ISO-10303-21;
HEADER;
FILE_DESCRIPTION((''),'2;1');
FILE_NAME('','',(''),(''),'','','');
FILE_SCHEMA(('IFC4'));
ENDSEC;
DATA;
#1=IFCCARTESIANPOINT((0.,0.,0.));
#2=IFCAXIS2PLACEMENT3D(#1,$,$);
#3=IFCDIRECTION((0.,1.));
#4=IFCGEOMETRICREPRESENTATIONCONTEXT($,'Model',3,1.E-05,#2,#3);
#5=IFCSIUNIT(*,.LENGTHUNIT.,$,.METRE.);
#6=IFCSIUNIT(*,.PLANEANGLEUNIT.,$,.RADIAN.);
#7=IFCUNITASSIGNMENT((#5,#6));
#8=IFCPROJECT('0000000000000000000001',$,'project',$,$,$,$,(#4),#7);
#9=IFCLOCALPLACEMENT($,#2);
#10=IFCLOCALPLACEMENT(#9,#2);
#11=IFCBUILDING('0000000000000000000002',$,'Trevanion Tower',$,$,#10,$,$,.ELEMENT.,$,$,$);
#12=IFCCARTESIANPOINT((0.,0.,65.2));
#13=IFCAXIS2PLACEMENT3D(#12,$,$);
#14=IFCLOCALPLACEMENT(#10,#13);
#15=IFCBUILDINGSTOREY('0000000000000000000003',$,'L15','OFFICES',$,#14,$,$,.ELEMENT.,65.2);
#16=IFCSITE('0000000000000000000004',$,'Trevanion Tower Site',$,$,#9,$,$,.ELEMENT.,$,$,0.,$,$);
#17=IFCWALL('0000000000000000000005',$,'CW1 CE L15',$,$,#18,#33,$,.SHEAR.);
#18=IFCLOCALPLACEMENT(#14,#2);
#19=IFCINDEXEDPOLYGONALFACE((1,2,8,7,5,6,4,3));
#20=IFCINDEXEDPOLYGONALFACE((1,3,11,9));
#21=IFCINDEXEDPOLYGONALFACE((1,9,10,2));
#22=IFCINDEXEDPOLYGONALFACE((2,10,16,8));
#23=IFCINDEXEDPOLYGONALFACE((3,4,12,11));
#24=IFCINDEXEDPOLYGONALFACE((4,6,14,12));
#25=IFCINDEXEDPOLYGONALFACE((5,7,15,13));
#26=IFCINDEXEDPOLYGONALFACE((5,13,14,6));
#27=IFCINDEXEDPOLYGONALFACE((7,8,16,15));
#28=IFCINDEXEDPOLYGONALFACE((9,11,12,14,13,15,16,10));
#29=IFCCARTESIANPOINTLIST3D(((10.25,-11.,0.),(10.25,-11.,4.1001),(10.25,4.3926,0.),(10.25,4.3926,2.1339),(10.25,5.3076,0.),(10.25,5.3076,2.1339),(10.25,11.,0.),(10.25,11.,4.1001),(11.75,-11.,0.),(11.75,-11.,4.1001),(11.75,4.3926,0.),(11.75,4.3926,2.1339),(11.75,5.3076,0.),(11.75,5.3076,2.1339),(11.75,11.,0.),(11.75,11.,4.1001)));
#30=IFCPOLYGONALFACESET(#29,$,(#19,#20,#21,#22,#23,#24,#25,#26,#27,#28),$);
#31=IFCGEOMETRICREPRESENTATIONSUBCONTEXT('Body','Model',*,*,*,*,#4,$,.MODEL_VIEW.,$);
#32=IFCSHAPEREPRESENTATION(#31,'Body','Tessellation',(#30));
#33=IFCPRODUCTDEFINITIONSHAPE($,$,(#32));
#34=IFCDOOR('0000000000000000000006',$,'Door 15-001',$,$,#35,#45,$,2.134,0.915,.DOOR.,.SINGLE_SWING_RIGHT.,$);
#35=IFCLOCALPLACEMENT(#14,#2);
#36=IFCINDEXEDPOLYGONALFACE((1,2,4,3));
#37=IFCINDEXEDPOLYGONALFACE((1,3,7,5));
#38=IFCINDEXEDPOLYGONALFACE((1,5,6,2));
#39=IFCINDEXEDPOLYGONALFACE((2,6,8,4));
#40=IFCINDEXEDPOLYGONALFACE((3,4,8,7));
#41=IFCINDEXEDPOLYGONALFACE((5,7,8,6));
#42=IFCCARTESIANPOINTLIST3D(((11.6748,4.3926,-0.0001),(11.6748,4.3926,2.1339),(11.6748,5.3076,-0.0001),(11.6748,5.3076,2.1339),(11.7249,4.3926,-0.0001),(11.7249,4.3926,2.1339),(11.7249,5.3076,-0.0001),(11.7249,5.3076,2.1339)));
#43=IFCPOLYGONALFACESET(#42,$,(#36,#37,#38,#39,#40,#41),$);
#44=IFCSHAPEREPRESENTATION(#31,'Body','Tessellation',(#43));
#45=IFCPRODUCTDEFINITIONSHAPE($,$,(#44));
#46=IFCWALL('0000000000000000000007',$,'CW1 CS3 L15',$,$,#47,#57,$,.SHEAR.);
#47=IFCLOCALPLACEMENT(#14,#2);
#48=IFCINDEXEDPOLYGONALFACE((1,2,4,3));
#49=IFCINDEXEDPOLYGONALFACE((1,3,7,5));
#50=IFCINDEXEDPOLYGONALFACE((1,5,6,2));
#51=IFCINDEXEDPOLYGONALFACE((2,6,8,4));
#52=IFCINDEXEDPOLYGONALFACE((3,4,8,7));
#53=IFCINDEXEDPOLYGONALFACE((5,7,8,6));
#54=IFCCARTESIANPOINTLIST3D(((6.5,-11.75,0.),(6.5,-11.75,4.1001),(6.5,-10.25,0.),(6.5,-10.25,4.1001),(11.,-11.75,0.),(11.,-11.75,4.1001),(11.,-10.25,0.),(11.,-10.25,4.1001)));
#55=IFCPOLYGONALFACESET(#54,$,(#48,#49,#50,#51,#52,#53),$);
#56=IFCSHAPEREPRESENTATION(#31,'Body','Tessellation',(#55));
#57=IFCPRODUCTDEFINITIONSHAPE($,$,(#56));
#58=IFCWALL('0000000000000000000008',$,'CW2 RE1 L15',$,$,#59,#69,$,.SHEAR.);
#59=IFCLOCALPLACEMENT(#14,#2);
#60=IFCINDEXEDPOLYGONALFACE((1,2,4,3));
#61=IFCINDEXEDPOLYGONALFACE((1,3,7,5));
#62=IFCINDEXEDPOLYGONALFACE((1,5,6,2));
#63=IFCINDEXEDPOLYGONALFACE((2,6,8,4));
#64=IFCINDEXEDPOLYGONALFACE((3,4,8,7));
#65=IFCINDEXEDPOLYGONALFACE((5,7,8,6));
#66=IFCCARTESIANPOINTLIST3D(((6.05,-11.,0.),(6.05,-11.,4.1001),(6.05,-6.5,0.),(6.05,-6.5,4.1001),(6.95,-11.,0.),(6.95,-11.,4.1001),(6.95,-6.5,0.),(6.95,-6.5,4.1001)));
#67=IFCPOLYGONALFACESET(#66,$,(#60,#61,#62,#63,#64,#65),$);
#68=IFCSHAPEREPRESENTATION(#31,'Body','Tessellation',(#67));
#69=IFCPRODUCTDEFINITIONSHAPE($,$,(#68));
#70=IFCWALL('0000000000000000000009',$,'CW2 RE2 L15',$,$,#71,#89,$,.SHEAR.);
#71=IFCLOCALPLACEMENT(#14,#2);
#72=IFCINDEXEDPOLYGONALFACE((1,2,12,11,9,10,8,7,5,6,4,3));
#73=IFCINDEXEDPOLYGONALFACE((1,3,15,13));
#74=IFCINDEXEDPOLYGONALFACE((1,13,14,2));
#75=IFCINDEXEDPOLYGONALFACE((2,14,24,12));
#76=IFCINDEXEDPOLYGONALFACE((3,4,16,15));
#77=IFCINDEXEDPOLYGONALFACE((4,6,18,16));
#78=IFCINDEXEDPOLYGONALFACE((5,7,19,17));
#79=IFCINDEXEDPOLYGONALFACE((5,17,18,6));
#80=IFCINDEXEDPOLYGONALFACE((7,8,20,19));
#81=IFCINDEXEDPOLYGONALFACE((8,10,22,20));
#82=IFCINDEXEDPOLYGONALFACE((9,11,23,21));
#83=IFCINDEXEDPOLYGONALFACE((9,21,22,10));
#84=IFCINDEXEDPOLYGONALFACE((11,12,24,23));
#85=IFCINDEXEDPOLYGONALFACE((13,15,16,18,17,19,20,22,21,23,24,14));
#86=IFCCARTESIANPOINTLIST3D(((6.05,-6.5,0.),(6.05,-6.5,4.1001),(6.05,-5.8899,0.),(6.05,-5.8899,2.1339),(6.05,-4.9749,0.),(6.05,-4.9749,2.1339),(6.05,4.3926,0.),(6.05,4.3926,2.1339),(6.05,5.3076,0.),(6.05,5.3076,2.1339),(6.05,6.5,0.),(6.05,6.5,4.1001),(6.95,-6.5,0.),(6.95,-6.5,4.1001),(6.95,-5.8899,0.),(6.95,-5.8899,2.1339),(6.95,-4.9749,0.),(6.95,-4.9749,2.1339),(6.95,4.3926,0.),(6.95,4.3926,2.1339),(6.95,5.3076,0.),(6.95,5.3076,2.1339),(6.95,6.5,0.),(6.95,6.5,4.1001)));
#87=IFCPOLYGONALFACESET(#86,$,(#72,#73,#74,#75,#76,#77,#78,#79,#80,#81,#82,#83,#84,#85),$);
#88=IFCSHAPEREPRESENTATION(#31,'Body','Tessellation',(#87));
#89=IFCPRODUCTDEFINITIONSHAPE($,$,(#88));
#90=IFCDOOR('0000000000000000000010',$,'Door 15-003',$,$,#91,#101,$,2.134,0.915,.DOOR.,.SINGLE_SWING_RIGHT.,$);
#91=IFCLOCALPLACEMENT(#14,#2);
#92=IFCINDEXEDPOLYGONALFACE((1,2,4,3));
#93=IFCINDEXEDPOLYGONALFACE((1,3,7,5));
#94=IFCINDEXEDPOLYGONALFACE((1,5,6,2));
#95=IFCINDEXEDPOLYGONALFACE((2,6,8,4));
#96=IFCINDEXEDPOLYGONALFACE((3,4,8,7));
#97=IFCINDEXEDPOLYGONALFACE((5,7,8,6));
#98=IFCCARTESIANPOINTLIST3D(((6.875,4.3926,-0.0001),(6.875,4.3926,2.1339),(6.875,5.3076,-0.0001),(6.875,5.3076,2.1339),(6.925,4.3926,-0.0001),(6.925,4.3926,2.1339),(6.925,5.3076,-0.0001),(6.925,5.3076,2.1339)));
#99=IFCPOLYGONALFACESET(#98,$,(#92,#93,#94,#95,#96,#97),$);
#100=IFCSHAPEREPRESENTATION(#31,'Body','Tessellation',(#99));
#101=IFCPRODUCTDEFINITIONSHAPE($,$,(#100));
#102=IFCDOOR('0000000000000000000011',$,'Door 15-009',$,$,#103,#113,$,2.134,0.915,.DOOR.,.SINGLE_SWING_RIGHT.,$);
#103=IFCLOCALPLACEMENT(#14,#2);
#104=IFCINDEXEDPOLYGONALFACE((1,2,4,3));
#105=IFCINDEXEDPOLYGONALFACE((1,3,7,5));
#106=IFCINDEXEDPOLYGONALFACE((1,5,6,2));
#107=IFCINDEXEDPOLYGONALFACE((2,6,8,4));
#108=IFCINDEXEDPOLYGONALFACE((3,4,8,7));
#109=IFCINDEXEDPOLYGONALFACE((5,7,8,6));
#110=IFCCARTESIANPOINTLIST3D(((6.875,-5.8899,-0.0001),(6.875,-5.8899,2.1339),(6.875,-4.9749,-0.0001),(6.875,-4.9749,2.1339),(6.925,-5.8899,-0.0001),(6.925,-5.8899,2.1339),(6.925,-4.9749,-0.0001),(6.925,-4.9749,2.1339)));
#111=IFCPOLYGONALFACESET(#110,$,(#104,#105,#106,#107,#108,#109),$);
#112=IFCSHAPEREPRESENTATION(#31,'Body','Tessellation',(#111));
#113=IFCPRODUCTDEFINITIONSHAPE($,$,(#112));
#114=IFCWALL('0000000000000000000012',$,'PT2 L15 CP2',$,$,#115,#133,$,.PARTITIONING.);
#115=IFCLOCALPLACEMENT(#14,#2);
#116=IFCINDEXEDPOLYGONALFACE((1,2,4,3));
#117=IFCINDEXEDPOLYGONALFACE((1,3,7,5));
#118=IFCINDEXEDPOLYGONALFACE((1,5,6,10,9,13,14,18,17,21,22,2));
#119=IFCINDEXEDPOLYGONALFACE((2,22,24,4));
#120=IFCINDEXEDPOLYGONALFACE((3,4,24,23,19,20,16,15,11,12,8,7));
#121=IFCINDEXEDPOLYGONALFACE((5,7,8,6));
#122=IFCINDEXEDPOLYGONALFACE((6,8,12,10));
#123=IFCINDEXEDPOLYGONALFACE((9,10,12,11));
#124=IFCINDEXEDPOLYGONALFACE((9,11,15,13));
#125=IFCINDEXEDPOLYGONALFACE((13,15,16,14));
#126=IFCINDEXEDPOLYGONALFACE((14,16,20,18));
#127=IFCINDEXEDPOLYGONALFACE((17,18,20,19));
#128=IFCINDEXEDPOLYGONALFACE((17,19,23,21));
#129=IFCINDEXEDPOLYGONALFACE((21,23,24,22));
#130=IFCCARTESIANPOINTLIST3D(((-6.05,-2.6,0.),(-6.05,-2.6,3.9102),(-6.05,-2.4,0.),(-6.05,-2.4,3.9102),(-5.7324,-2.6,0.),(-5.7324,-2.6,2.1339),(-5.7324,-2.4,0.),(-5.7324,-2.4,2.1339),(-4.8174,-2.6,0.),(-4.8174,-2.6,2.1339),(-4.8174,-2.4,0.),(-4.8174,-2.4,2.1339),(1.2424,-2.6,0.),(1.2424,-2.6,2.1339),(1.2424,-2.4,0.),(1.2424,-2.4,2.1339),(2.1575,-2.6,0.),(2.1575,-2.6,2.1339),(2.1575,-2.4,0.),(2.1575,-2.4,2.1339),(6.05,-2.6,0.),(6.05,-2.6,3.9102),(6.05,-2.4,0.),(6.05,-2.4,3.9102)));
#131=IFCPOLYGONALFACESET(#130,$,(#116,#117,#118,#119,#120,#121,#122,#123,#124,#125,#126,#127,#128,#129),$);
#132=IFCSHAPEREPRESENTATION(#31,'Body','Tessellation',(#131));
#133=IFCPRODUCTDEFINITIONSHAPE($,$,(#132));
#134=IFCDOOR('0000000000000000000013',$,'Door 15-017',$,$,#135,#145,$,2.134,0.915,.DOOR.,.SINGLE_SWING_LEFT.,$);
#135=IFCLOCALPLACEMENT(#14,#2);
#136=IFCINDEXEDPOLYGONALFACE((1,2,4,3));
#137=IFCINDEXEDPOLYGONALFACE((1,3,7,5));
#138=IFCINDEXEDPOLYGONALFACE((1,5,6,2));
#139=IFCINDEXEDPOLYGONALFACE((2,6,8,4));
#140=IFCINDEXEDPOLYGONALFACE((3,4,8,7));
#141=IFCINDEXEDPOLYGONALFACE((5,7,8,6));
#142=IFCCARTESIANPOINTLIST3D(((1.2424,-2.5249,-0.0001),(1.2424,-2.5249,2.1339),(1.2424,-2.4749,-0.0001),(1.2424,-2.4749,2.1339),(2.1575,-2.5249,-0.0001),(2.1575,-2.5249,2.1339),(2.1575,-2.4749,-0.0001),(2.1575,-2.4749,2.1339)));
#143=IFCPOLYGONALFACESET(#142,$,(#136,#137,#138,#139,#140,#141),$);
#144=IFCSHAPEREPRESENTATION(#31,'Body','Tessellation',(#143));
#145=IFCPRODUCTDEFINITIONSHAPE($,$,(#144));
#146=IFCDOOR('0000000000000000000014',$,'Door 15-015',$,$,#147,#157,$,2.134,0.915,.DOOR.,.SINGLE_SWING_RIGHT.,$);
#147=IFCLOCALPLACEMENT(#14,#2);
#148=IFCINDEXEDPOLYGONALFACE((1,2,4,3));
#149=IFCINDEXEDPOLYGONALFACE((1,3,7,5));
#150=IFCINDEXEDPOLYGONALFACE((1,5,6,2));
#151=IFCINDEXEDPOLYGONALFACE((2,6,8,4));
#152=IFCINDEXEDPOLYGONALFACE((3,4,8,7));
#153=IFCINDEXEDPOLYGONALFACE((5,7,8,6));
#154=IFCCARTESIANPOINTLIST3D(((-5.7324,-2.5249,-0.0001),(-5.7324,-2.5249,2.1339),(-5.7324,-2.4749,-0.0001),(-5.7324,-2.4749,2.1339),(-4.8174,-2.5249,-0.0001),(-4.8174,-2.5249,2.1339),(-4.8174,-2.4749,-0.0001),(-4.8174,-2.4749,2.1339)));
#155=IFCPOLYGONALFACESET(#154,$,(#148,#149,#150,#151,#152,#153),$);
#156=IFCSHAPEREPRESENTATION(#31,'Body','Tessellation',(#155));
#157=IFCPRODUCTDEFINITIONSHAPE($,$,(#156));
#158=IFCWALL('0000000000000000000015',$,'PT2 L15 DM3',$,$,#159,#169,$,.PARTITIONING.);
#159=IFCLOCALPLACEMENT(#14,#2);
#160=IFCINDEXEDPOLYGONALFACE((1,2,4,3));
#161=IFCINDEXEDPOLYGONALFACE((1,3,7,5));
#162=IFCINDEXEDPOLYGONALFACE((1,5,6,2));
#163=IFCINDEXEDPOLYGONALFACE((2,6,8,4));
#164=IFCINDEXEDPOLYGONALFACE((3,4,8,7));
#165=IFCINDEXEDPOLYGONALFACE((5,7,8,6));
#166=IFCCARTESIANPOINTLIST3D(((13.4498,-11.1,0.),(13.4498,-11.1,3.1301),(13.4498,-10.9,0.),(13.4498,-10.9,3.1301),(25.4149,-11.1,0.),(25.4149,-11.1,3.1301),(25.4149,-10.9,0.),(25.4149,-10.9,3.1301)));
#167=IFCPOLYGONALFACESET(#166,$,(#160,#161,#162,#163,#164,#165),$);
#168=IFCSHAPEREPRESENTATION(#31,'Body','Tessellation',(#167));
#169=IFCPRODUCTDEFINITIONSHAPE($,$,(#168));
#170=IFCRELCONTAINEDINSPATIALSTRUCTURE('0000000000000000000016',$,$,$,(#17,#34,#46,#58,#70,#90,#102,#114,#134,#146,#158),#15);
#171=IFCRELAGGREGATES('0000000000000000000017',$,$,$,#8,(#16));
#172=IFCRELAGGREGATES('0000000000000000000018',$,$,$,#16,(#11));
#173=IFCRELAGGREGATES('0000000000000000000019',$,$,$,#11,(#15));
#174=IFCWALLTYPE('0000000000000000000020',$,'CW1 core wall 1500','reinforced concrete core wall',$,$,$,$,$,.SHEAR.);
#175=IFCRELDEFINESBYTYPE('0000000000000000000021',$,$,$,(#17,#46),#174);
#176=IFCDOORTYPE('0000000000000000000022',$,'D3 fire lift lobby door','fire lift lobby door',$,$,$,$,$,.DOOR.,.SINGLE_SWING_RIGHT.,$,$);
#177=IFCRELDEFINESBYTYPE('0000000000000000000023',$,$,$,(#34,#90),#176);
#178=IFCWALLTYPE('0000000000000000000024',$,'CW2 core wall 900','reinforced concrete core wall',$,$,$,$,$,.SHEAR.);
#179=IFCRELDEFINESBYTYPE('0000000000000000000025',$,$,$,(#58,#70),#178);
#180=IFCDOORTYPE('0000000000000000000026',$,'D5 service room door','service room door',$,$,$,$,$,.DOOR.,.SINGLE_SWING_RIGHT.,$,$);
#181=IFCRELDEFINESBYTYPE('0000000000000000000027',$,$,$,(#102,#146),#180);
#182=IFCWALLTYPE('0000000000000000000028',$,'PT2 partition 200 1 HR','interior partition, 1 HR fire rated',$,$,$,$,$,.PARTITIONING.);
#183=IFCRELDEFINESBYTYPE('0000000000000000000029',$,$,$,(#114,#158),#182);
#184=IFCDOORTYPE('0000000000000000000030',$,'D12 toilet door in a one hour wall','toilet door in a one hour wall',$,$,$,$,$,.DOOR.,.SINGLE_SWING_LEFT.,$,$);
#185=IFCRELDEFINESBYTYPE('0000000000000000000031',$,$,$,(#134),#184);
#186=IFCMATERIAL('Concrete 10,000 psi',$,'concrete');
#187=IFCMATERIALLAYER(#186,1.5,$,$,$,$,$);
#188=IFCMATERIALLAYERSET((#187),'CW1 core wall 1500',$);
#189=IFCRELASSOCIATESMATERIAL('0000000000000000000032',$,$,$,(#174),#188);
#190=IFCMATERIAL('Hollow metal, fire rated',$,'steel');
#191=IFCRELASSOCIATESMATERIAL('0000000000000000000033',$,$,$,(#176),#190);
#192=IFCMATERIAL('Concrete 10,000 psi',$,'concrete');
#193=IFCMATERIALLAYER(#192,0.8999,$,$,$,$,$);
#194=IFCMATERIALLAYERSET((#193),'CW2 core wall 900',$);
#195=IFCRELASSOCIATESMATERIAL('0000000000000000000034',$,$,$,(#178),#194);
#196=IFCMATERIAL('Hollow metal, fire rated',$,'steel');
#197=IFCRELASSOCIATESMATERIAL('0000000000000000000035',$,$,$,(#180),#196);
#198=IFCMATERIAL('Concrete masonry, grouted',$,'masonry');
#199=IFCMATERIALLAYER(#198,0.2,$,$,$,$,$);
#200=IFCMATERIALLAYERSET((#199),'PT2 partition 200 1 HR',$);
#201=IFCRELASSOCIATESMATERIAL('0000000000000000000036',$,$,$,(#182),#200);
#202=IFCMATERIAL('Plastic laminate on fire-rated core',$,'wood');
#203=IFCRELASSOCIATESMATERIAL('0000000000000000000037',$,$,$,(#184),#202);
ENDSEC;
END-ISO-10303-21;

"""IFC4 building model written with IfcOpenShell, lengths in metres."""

from ifc_helpers import new_model, si_unit, direction, frame, frame_2d, origin, place, context, subcontext, project, spatial, rectangle, extrude, material, layer, layer_set, type_object, element, fill, save


model = new_model("IFC4")

# Units and contexts
model_context = context("Model", 3, precision=1e-05, world=origin(), true_north=direction((0.0, 1.0)))
body_context = subcontext(model_context, "Body", "Model", "MODEL_VIEW")
ifc_project = project(units=[si_unit("LENGTHUNIT", "METRE"), si_unit("PLANEANGLEUNIT", "RADIAN")], contexts=[model_context])

# Site, building, storey
site_placement = place(None, origin())
site = spatial("IfcSite", under=ifc_project, at=site_placement, Name="Trevanion Tower Site", CompositionType="ELEMENT", RefElevation=0.0)
building_placement = place(site_placement, origin())
building = spatial("IfcBuilding", under=site, at=building_placement, Name="Trevanion Tower", CompositionType="ELEMENT")
storey_placement = place(building_placement, frame((0.0, 0.0, 65.2)))
storey = spatial("IfcBuildingStorey", under=building, at=storey_placement, Name="L15", Description="OFFICES", CompositionType="ELEMENT", Elevation=65.2)

# Wall, opening, door
ifc_material_1 = material(Name="Concrete 10,000 psi", Category="concrete")
ifc_layer_1 = layer(ifc_material_1, 1.5)
ifc_layer_set_1 = layer_set([ifc_layer_1], Name="CW1 core wall 1500")
wall_type_1 = type_object("IfcWallType", Name="CW1 core wall 1500", Description="reinforced concrete core wall", PredefinedType="SHEAR", material=ifc_layer_set_1)
wall_1_placement = place(storey_placement, frame((11.0, -11.0, 0.0), z_axis=(0.0, 0.0, 1.0), x_axis=(0.0, 1.0, 0.0)))
wall_1 = element("IfcWall", 1, at=wall_1_placement, inside=storey, type_object=wall_type_1, Name="CW1 CE L15", PredefinedType="SHEAR", context=body_context, shape_type="SweptSolid", body=[
    extrude(rectangle(XDim=22.0, YDim=1.5, at=frame_2d((11.0, 0.0))), origin(), (0.0, 0.0, 1.0), 4.1001),
])
opening_1_placement = place(wall_1_placement, frame((15.3926, 0.0, 0.0)))
opening_1 = element("IfcOpeningElement", 2, at=opening_1_placement, cuts=wall_1, PredefinedType="OPENING", context=body_context, shape_type="SweptSolid", body=[
    extrude(rectangle(XDim=0.915, YDim=2.134, at=frame_2d((0.4575, 1.0669))), frame((0.0, 0.76, 0.0), z_axis=(0.0, -1.0, 0.0), x_axis=(1.0, 0.0, 0.0)), (0.0, 0.0, 1.0), 1.52),
])
ifc_material_2 = material(Name="Hollow metal, fire rated", Category="steel")
door_type_1 = type_object("IfcDoorType", Name="D3 fire lift lobby door", Description="fire lift lobby door", OperationType="SINGLE_SWING_RIGHT", PredefinedType="DOOR", material=ifc_material_2)
door_1_placement = place(opening_1_placement, origin())
door_1 = element("IfcDoor", 3, at=door_1_placement, inside=storey, type_object=door_type_1, Name="Door 15-001", OperationType="SINGLE_SWING_RIGHT", OverallHeight=2.134, OverallWidth=0.915, PredefinedType="DOOR", context=body_context, shape_type="SweptSolid", body=[
    extrude(rectangle(XDim=0.915, YDim=2.134, at=frame_2d((0.4575, 1.0669))), frame((0.0, -0.6748, 0.0), z_axis=(0.0, -1.0, 0.0), x_axis=(1.0, 0.0, 0.0)), (0.0, 0.0, 1.0), 0.05),
])
fill(opening_1, door_1)

# Walls
wall_2_placement = place(storey_placement, frame((6.5, -11.0, 0.0), z_axis=(0.0, 0.0, 1.0), x_axis=(1.0, 0.0, 0.0)))
element("IfcWall", 4, at=wall_2_placement, inside=storey, type_object=wall_type_1, Name="CW1 CS3 L15", PredefinedType="SHEAR", context=body_context, shape_type="SweptSolid", body=[
    extrude(rectangle(XDim=4.5, YDim=1.5, at=frame_2d((2.25, 0.0))), origin(), (0.0, 0.0, 1.0), 4.1001),
])
ifc_material_3 = material(Name="Concrete 10,000 psi", Category="concrete")
ifc_layer_2 = layer(ifc_material_3, 0.8999)
ifc_layer_set_2 = layer_set([ifc_layer_2], Name="CW2 core wall 900")
wall_type_2 = type_object("IfcWallType", Name="CW2 core wall 900", Description="reinforced concrete core wall", PredefinedType="SHEAR", material=ifc_layer_set_2)
wall_3_placement = place(storey_placement, frame((6.5, -11.0, 0.0), z_axis=(0.0, 0.0, 1.0), x_axis=(0.0, 1.0, 0.0)))
element("IfcWall", 5, at=wall_3_placement, inside=storey, type_object=wall_type_2, Name="CW2 RE1 L15", PredefinedType="SHEAR", context=body_context, shape_type="SweptSolid", body=[
    extrude(rectangle(XDim=4.5, YDim=0.8999, at=frame_2d((2.25, 0.0))), origin(), (0.0, 0.0, 1.0), 4.1001),
])

# Walls, openings, doors
wall_4_placement = place(storey_placement, frame((6.5, -6.5, 0.0), z_axis=(0.0, 0.0, 1.0), x_axis=(0.0, 1.0, 0.0)))
wall_4 = element("IfcWall", 6, at=wall_4_placement, inside=storey, type_object=wall_type_2, Name="CW2 RE2 L15", PredefinedType="SHEAR", context=body_context, shape_type="SweptSolid", body=[
    extrude(rectangle(XDim=13.0, YDim=0.8999, at=frame_2d((6.5, 0.0))), origin(), (0.0, 0.0, 1.0), 4.1001),
])
opening_2_placement = place(wall_4_placement, frame((10.8926, 0.0, 0.0)))
opening_2 = element("IfcOpeningElement", 7, at=opening_2_placement, cuts=wall_4, PredefinedType="OPENING", context=body_context, shape_type="SweptSolid", body=[
    extrude(rectangle(XDim=0.915, YDim=2.134, at=frame_2d((0.4575, 1.0669))), frame((0.0, 0.46, 0.0), z_axis=(0.0, -1.0, 0.0), x_axis=(1.0, 0.0, 0.0)), (0.0, 0.0, 1.0), 0.9199),
])
opening_3_placement = place(wall_4_placement, frame((0.6101, 0.0, 0.0)))
opening_3 = element("IfcOpeningElement", 8, at=opening_3_placement, cuts=wall_4, PredefinedType="OPENING", context=body_context, shape_type="SweptSolid", body=[
    extrude(rectangle(XDim=0.915, YDim=2.134, at=frame_2d((0.4575, 1.0669))), frame((0.0, 0.46, 0.0), z_axis=(0.0, -1.0, 0.0), x_axis=(1.0, 0.0, 0.0)), (0.0, 0.0, 1.0), 0.9199),
])
door_2_placement = place(opening_2_placement, origin())
door_2 = element("IfcDoor", 9, at=door_2_placement, inside=storey, type_object=door_type_1, Name="Door 15-003", OperationType="SINGLE_SWING_RIGHT", OverallHeight=2.134, OverallWidth=0.915, PredefinedType="DOOR", context=body_context, shape_type="SweptSolid", body=[
    extrude(rectangle(XDim=0.915, YDim=2.134, at=frame_2d((0.4575, 1.0669))), frame((0.0, -0.375, 0.0), z_axis=(0.0, -1.0, 0.0), x_axis=(1.0, 0.0, 0.0)), (0.0, 0.0, 1.0), 0.05),
])
fill(opening_2, door_2)
ifc_material_4 = material(Name="Hollow metal, fire rated", Category="steel")
door_type_2 = type_object("IfcDoorType", Name="D5 service room door", Description="service room door", OperationType="SINGLE_SWING_RIGHT", PredefinedType="DOOR", material=ifc_material_4)
door_3_placement = place(opening_3_placement, origin())
door_3 = element("IfcDoor", 10, at=door_3_placement, inside=storey, type_object=door_type_2, Name="Door 15-009", OperationType="SINGLE_SWING_RIGHT", OverallHeight=2.134, OverallWidth=0.915, PredefinedType="DOOR", context=body_context, shape_type="SweptSolid", body=[
    extrude(rectangle(XDim=0.915, YDim=2.134, at=frame_2d((0.4575, 1.0669))), frame((0.0, -0.375, 0.0), z_axis=(0.0, -1.0, 0.0), x_axis=(1.0, 0.0, 0.0)), (0.0, 0.0, 1.0), 0.05),
])
fill(opening_3, door_3)
ifc_material_5 = material(Name="Concrete masonry, grouted", Category="masonry")
ifc_layer_3 = layer(ifc_material_5, 0.2)
ifc_layer_set_3 = layer_set([ifc_layer_3], Name="PT2 partition 200 1 HR")
wall_type_3 = type_object("IfcWallType", Name="PT2 partition 200 1 HR", Description="interior partition, 1 HR fire rated", PredefinedType="PARTITIONING", material=ifc_layer_set_3)
wall_5_placement = place(storey_placement, frame((6.05, -2.5, 0.0), z_axis=(0.0, 0.0, 1.0), x_axis=(-1.0, 0.0, 0.0)))
wall_5 = element("IfcWall", 11, at=wall_5_placement, inside=storey, type_object=wall_type_3, Name="PT2 L15 CP2", PredefinedType="PARTITIONING", context=body_context, shape_type="SweptSolid", body=[
    extrude(rectangle(XDim=12.1001, YDim=0.2, at=frame_2d((6.05, 0.0))), origin(), (0.0, 0.0, 1.0), 3.9102),
])
opening_4_placement = place(wall_5_placement, frame((10.8674, 0.0, 0.0)))
opening_4 = element("IfcOpeningElement", 12, at=opening_4_placement, cuts=wall_5, PredefinedType="OPENING", context=body_context, shape_type="SweptSolid", body=[
    extrude(rectangle(XDim=0.915, YDim=2.134, at=frame_2d((0.4575, 1.0669))), frame((0.0, 0.1099, 0.0), z_axis=(0.0, -1.0, 0.0), x_axis=(1.0, 0.0, 0.0)), (0.0, 0.0, 1.0), 0.22),
])
opening_5_placement = place(wall_5_placement, frame((3.8926, 0.0, 0.0)))
opening_5 = element("IfcOpeningElement", 13, at=opening_5_placement, cuts=wall_5, PredefinedType="OPENING", context=body_context, shape_type="SweptSolid", body=[
    extrude(rectangle(XDim=0.915, YDim=2.134, at=frame_2d((0.4575, 1.0669))), frame((0.0, 0.1099, 0.0), z_axis=(0.0, -1.0, 0.0), x_axis=(1.0, 0.0, 0.0)), (0.0, 0.0, 1.0), 0.22),
])
ifc_material_6 = material(Name="Plastic laminate on fire-rated core", Category="wood")
door_type_3 = type_object("IfcDoorType", Name="D12 toilet door in a one hour wall", Description="toilet door in a one hour wall", OperationType="SINGLE_SWING_LEFT", PredefinedType="DOOR", material=ifc_material_6)
door_4_placement = place(opening_5_placement, origin())
door_4 = element("IfcDoor", 14, at=door_4_placement, inside=storey, type_object=door_type_3, Name="Door 15-017", OperationType="SINGLE_SWING_LEFT", OverallHeight=2.134, OverallWidth=0.915, PredefinedType="DOOR", context=body_context, shape_type="SweptSolid", body=[
    extrude(rectangle(XDim=0.915, YDim=2.134, at=frame_2d((0.4575, 1.0669))), frame((0.0, 0.0249, 0.0), z_axis=(0.0, -1.0, 0.0), x_axis=(1.0, 0.0, 0.0)), (0.0, 0.0, 1.0), 0.05),
])
fill(opening_5, door_4)
door_5_placement = place(opening_4_placement, origin())
door_5 = element("IfcDoor", 15, at=door_5_placement, inside=storey, type_object=door_type_2, Name="Door 15-015", OperationType="SINGLE_SWING_RIGHT", OverallHeight=2.134, OverallWidth=0.915, PredefinedType="DOOR", context=body_context, shape_type="SweptSolid", body=[
    extrude(rectangle(XDim=0.915, YDim=2.134, at=frame_2d((0.4575, 1.0669))), frame((0.0, 0.0249, 0.0), z_axis=(0.0, -1.0, 0.0), x_axis=(1.0, 0.0, 0.0)), (0.0, 0.0, 1.0), 0.05),
])
fill(opening_4, door_5)

# Wall
wall_6_placement = place(storey_placement, frame((13.45, -11.0, 0.0), z_axis=(0.0, 0.0, 1.0), x_axis=(1.0, 0.0, 0.0)))
element("IfcWall", 16, at=wall_6_placement, inside=storey, type_object=wall_type_3, Name="PT2 L15 DM3", PredefinedType="PARTITIONING", context=body_context, shape_type="SweptSolid", body=[
    extrude(rectangle(XDim=11.9651, YDim=0.2, at=frame_2d((5.9824, 0.0))), origin(), (0.0, 0.0, 1.0), 3.1301),
])

save(model, "model.ifc")
